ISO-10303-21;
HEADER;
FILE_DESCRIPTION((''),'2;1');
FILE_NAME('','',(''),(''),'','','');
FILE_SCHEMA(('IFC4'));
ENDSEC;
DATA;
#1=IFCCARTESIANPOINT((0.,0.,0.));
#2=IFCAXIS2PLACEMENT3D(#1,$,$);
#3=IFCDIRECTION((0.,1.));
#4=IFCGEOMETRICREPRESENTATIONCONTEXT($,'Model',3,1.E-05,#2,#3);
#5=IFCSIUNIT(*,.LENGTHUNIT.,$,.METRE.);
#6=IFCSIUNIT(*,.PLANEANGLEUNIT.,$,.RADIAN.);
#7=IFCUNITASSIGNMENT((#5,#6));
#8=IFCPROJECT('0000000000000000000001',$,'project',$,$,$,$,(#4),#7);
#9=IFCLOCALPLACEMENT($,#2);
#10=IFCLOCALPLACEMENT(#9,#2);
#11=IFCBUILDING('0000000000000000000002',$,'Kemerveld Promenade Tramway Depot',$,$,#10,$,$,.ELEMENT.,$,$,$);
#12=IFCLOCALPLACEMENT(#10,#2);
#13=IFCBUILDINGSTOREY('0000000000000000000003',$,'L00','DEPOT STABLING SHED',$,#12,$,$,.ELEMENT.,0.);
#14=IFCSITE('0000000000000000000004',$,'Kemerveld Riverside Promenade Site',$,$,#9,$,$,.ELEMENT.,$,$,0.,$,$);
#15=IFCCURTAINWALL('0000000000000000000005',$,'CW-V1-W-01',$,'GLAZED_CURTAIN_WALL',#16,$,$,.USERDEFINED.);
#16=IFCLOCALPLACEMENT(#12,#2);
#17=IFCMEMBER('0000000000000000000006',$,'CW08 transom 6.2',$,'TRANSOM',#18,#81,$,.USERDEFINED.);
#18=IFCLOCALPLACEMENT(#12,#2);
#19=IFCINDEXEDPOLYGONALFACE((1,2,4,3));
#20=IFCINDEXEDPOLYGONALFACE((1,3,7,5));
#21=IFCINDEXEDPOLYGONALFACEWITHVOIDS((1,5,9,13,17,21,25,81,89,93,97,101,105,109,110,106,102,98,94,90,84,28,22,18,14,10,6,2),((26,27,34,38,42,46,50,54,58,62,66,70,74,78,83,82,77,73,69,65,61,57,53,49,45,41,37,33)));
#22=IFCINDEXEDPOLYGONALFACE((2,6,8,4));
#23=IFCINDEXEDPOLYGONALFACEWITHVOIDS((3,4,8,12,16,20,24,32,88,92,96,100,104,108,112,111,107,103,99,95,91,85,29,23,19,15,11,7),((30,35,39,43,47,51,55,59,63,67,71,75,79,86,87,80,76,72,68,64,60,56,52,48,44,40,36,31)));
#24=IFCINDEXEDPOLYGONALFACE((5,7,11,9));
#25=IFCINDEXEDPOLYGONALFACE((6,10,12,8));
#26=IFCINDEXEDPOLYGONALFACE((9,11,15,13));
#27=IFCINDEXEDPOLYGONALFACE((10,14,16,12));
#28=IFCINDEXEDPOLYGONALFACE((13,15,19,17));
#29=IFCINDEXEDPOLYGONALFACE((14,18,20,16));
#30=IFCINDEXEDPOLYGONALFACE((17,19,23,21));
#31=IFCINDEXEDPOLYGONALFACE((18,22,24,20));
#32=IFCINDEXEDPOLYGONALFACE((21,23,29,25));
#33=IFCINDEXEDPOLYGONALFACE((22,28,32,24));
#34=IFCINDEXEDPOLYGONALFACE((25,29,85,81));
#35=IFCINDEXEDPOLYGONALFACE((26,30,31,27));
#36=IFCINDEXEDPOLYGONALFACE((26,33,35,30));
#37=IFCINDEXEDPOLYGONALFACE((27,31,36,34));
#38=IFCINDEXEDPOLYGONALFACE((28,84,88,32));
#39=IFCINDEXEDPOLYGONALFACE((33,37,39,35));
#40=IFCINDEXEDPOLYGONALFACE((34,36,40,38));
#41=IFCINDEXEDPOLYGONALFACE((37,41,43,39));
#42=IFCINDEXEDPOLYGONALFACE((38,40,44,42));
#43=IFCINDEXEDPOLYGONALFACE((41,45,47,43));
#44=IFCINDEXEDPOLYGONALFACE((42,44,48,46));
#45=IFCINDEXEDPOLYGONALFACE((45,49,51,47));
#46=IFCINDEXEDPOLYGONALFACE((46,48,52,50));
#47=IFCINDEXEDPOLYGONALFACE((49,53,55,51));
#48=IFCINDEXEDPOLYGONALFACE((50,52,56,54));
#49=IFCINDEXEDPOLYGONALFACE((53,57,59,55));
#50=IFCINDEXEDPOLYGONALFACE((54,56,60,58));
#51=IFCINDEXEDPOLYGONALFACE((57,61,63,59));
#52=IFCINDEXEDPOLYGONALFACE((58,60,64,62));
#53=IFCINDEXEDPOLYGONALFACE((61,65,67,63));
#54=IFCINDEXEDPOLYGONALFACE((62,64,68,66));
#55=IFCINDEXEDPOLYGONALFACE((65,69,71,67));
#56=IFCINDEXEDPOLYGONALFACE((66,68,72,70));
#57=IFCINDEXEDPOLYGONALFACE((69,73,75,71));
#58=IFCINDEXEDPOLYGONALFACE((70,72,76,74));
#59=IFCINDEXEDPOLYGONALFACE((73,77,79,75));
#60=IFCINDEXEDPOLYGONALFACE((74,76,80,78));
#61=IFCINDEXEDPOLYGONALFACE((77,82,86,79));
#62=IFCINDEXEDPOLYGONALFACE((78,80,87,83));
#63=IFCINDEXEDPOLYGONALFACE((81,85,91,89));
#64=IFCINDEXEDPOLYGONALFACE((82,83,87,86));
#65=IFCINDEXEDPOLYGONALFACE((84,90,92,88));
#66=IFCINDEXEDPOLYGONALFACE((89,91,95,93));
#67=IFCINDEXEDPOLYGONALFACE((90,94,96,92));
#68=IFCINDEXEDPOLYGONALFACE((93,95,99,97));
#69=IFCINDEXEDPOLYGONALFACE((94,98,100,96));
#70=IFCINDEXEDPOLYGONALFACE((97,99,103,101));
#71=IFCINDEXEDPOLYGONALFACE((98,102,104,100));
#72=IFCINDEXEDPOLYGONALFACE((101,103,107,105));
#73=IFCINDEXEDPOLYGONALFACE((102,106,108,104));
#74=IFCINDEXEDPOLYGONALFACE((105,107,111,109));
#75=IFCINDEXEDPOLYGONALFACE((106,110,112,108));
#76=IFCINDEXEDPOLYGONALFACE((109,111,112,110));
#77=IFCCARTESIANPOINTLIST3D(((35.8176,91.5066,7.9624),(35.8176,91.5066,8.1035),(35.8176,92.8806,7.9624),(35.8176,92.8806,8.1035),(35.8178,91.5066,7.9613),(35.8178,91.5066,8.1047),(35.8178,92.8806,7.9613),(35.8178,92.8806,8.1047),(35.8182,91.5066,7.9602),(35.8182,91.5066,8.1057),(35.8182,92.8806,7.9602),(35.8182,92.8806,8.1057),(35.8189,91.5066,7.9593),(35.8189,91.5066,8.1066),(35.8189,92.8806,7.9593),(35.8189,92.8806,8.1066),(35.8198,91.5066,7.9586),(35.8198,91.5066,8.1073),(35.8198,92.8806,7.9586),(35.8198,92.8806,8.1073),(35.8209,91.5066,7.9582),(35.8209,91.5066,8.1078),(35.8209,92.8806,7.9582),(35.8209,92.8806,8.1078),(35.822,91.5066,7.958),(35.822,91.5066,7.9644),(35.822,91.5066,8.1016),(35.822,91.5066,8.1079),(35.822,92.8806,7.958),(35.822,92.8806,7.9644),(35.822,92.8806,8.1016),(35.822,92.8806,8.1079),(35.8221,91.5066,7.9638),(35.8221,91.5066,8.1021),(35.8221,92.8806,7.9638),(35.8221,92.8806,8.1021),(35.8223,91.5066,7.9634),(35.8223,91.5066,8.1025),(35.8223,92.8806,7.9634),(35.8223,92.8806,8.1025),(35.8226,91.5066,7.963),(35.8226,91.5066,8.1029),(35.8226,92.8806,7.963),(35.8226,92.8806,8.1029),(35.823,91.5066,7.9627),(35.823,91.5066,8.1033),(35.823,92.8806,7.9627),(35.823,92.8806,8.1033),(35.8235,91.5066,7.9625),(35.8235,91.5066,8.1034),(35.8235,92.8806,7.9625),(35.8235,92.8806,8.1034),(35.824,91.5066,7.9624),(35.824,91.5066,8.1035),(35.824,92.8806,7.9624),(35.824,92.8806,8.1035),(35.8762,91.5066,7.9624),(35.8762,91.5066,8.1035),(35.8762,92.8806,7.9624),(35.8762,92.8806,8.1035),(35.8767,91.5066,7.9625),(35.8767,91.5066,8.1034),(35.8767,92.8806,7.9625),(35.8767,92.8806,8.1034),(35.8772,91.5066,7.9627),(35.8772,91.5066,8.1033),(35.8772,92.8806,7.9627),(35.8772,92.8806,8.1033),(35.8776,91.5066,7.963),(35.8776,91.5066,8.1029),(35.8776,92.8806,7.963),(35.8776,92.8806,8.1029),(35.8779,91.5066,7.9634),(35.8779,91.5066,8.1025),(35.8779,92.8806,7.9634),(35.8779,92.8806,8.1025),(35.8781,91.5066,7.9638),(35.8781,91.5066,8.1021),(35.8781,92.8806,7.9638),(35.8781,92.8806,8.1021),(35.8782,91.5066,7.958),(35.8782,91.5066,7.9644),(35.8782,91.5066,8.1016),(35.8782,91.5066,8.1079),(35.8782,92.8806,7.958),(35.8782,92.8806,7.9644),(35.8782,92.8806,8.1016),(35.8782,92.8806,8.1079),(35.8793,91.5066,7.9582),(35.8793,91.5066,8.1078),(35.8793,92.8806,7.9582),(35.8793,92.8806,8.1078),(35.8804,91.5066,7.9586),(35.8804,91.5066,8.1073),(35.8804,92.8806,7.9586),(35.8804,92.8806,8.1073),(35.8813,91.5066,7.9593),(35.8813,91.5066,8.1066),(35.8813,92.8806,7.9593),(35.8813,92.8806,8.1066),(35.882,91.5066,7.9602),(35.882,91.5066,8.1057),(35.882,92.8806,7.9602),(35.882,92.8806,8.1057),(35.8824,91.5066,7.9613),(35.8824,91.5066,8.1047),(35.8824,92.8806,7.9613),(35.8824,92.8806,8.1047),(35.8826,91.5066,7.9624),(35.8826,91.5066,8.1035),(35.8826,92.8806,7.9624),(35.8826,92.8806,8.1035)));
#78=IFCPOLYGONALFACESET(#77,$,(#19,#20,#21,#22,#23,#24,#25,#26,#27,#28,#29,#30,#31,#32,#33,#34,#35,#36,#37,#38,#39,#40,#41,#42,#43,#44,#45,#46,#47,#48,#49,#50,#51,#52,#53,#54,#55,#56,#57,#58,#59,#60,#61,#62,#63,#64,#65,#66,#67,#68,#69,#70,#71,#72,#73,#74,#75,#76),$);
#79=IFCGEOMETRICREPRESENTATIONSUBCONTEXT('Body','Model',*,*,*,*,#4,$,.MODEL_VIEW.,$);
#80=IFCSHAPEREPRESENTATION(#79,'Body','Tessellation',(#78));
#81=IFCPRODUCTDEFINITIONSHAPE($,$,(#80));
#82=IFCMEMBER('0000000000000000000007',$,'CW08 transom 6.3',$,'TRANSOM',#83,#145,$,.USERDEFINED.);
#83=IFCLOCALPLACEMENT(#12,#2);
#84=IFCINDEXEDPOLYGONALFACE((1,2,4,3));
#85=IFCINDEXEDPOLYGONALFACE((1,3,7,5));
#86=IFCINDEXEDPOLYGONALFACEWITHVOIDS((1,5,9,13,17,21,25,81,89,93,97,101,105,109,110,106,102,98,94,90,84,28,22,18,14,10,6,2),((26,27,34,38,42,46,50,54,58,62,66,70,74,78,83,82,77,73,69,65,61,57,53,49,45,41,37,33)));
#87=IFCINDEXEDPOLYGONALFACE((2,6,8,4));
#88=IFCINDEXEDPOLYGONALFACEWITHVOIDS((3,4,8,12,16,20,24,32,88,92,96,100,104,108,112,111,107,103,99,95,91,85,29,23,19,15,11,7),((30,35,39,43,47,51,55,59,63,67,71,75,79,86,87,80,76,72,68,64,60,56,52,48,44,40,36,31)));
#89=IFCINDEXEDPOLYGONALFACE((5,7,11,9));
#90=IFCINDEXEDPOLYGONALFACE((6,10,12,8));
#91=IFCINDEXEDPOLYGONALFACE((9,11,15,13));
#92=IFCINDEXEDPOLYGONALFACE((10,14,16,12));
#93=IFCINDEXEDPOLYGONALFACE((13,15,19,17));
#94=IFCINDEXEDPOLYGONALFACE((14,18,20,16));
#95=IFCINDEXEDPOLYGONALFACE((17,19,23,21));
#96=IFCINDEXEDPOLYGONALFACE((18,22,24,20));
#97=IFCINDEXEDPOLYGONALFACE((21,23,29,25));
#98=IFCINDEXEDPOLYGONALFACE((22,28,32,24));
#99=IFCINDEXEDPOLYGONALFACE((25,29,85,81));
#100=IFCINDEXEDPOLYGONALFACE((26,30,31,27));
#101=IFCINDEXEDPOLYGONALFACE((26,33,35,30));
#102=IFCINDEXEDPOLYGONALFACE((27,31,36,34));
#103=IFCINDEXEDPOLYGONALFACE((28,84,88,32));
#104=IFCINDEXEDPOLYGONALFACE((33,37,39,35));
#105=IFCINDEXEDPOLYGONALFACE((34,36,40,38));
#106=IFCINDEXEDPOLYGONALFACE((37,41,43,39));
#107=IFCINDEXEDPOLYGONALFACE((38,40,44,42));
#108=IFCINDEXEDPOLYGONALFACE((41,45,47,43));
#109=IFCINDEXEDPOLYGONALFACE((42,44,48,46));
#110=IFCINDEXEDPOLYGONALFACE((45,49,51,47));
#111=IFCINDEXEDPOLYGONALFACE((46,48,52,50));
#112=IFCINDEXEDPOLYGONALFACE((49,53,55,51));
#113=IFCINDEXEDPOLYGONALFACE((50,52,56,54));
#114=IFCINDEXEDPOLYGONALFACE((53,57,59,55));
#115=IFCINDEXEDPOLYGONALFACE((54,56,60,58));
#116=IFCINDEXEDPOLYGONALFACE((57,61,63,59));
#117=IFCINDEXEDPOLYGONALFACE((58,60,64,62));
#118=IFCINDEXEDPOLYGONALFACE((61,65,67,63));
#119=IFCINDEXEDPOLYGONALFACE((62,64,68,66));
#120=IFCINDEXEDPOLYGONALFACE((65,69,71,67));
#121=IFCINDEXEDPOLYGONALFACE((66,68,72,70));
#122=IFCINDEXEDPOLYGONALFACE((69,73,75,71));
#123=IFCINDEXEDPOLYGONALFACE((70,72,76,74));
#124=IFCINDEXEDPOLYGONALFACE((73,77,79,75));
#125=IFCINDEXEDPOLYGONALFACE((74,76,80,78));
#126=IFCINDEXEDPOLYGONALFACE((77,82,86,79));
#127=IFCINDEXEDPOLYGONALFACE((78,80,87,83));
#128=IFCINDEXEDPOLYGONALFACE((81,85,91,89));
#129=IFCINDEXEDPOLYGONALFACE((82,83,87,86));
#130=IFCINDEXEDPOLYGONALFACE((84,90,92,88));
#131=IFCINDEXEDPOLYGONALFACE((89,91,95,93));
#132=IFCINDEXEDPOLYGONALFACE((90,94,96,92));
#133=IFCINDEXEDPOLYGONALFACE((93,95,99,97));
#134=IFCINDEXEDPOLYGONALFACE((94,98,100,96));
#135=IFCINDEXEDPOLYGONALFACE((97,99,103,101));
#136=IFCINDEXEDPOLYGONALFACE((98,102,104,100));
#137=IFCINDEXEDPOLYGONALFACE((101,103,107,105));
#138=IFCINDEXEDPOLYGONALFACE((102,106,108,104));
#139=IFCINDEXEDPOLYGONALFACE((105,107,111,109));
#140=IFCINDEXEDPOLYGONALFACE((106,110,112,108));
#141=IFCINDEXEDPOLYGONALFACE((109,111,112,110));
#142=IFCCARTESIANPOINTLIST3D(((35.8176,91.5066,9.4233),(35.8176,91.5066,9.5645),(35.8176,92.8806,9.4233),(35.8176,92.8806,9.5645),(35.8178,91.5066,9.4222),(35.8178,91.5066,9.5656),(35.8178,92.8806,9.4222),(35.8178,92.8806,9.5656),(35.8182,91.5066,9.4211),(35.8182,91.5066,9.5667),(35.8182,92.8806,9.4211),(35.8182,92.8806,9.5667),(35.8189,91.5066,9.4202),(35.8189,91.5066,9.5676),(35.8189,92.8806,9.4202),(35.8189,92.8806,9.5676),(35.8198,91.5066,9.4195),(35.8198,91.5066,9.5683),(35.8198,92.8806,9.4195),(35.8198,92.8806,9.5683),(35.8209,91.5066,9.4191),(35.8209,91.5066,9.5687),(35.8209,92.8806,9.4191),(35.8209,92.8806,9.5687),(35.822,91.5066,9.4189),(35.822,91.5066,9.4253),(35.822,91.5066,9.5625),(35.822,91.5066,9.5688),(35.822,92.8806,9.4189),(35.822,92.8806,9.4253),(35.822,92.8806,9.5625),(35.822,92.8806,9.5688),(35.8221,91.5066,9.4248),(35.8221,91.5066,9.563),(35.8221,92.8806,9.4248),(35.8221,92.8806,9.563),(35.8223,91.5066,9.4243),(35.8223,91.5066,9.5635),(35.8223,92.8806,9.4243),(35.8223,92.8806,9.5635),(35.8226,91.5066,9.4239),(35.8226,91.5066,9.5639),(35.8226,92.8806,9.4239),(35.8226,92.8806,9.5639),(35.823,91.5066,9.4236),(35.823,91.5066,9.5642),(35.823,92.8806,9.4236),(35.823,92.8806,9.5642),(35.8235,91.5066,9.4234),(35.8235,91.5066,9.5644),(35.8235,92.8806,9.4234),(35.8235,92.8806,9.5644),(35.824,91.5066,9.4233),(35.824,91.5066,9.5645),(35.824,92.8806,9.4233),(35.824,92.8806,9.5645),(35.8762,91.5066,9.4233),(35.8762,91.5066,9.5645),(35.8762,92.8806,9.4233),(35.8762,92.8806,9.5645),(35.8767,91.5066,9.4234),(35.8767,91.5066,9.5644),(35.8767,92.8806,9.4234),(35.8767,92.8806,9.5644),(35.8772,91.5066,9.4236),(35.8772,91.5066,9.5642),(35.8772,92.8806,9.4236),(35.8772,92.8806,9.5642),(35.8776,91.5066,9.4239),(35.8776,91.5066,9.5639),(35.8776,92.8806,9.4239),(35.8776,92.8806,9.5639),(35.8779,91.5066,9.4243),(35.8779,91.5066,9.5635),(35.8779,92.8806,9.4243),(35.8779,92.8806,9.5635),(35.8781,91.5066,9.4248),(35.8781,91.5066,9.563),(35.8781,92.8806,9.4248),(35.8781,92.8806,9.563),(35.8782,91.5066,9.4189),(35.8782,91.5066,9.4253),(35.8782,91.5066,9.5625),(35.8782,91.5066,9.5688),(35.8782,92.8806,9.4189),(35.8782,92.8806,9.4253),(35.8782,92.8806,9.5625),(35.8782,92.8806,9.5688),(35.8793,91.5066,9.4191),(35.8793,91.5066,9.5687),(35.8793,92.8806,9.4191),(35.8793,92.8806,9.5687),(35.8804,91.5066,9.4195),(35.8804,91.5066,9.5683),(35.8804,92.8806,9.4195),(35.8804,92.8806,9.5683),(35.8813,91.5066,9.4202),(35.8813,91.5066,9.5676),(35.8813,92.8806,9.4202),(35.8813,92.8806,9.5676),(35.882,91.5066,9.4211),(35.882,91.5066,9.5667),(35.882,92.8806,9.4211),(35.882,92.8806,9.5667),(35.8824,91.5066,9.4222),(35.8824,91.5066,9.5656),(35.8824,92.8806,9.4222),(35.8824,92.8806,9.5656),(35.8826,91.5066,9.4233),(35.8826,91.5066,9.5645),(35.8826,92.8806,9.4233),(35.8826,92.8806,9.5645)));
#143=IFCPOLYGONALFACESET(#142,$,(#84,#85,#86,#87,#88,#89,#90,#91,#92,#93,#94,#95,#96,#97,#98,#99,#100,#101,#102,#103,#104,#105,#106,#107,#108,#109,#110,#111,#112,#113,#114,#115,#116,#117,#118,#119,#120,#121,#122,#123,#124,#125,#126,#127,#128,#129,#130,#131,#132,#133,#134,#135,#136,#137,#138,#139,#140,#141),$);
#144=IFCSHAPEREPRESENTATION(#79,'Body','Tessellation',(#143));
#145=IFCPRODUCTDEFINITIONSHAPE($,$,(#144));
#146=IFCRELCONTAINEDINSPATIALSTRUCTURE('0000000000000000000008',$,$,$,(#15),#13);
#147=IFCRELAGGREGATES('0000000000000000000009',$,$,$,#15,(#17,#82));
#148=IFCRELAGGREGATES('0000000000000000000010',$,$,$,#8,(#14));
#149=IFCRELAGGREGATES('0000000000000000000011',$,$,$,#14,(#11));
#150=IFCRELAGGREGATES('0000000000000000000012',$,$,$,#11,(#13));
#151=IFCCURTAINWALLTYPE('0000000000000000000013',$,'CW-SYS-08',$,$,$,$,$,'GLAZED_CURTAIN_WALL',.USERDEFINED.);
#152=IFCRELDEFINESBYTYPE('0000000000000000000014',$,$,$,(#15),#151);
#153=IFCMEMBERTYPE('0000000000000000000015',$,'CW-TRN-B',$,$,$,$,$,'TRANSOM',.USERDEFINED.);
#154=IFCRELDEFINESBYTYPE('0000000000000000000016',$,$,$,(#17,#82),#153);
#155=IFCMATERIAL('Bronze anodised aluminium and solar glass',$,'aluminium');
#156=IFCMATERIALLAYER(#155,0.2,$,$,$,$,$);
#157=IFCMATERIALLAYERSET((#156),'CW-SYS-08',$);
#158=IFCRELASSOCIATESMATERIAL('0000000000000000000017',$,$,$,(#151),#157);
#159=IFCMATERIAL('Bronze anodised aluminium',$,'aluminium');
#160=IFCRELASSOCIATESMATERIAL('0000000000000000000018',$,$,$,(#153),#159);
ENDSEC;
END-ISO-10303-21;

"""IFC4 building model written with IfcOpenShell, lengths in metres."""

from ifc_helpers import new_model, si_unit, direction, frame, origin, origin_2d, place, context, subcontext, project, spatial, hollow_rectangle, extrude, material, layer, layer_set, material_profile, profile_set, type_object, element, aggregate, save


model = new_model("IFC4")

# Units and contexts
model_context = context("Model", 3, precision=1e-05, world=origin(), true_north=direction((0.0, 1.0)))
body_context = subcontext(model_context, "Body", "Model", "MODEL_VIEW")
ifc_project = project(units=[si_unit("LENGTHUNIT", "METRE"), si_unit("PLANEANGLEUNIT", "RADIAN")], contexts=[model_context])

# Site, building, storey
site_placement = place(None, origin())
site = spatial("IfcSite", under=ifc_project, at=site_placement, Name="Kemerveld Riverside Promenade Site", CompositionType="ELEMENT", RefElevation=0.0)
building_placement = place(site_placement, origin())
building = spatial("IfcBuilding", under=site, at=building_placement, Name="Kemerveld Promenade Tramway Depot", CompositionType="ELEMENT")
storey_placement = place(building_placement, origin())
storey = spatial("IfcBuildingStorey", under=building, at=storey_placement, Name="L00", Description="DEPOT STABLING SHED", CompositionType="ELEMENT", Elevation=0.0)

# Curtain wall, members
ifc_material_1 = material(Name="Bronze anodised aluminium and solar glass", Category="aluminium")
ifc_layer_1 = layer(ifc_material_1, 0.2)
ifc_layer_set_1 = layer_set([ifc_layer_1], Name="CW-SYS-08")
curtain_wall_type = type_object("IfcCurtainWallType", Name="CW-SYS-08", ElementType="GLAZED_CURTAIN_WALL", PredefinedType="USERDEFINED", material=ifc_layer_set_1)
curtain_wall_placement = place(storey_placement, origin())
curtain_wall = element("IfcCurtainWall", 1, at=curtain_wall_placement, inside=storey, type_object=curtain_wall_type, Name="CW-V1-W-01", ObjectType="GLAZED_CURTAIN_WALL", PredefinedType="USERDEFINED")
ifc_material_2 = material(Name="Bronze anodised aluminium", Category="aluminium")
ifc_material_profile_1 = material_profile(ifc_material_2, hollow_rectangle(XDim=0.0649, YDim=0.1499, WallThickness=0.0044, InnerFilletRadius=0.002, OuterFilletRadius=0.0044, at=origin_2d()), Name="CW-TRN-150x65")
ifc_profile_set_1 = profile_set([ifc_material_profile_1], Name="Bronze anodised aluminium")
member_type_1 = type_object("IfcMemberType", Name="CW-TRN-B", ElementType="TRANSOM", PredefinedType="USERDEFINED", material=ifc_profile_set_1)
member_1_placement = place(storey_placement, frame((35.8501, 91.5066, 8.033), z_axis=(0.0, 1.0, 0.0), x_axis=(-1.0, 0.0, 0.0)))
member_1 = element("IfcMember", 2, at=member_1_placement, type_object=member_type_1, Name="CW08 transom 6.2", ObjectType="TRANSOM", PredefinedType="USERDEFINED", context=body_context, shape_type="SweptSolid", body=[
    extrude(hollow_rectangle(XDim=0.0649, YDim=0.1499, WallThickness=0.0044, InnerFilletRadius=0.002, OuterFilletRadius=0.0044, at=origin_2d()), origin(), (0.0, 0.0, 1.0), 1.374),
])
member_2_placement = place(storey_placement, frame((35.8501, 91.5066, 9.4939), z_axis=(0.0, 1.0, 0.0), x_axis=(-1.0, 0.0, 0.0)))
member_2 = element("IfcMember", 3, at=member_2_placement, type_object=member_type_1, Name="CW08 transom 6.3", ObjectType="TRANSOM", PredefinedType="USERDEFINED", context=body_context, shape_type="SweptSolid", body=[
    extrude(hollow_rectangle(XDim=0.0649, YDim=0.1499, WallThickness=0.0044, InnerFilletRadius=0.002, OuterFilletRadius=0.0044, at=origin_2d()), origin(), (0.0, 0.0, 1.0), 1.374),
])
aggregate(curtain_wall, [member_1, member_2])

save(model, "model.ifc")
